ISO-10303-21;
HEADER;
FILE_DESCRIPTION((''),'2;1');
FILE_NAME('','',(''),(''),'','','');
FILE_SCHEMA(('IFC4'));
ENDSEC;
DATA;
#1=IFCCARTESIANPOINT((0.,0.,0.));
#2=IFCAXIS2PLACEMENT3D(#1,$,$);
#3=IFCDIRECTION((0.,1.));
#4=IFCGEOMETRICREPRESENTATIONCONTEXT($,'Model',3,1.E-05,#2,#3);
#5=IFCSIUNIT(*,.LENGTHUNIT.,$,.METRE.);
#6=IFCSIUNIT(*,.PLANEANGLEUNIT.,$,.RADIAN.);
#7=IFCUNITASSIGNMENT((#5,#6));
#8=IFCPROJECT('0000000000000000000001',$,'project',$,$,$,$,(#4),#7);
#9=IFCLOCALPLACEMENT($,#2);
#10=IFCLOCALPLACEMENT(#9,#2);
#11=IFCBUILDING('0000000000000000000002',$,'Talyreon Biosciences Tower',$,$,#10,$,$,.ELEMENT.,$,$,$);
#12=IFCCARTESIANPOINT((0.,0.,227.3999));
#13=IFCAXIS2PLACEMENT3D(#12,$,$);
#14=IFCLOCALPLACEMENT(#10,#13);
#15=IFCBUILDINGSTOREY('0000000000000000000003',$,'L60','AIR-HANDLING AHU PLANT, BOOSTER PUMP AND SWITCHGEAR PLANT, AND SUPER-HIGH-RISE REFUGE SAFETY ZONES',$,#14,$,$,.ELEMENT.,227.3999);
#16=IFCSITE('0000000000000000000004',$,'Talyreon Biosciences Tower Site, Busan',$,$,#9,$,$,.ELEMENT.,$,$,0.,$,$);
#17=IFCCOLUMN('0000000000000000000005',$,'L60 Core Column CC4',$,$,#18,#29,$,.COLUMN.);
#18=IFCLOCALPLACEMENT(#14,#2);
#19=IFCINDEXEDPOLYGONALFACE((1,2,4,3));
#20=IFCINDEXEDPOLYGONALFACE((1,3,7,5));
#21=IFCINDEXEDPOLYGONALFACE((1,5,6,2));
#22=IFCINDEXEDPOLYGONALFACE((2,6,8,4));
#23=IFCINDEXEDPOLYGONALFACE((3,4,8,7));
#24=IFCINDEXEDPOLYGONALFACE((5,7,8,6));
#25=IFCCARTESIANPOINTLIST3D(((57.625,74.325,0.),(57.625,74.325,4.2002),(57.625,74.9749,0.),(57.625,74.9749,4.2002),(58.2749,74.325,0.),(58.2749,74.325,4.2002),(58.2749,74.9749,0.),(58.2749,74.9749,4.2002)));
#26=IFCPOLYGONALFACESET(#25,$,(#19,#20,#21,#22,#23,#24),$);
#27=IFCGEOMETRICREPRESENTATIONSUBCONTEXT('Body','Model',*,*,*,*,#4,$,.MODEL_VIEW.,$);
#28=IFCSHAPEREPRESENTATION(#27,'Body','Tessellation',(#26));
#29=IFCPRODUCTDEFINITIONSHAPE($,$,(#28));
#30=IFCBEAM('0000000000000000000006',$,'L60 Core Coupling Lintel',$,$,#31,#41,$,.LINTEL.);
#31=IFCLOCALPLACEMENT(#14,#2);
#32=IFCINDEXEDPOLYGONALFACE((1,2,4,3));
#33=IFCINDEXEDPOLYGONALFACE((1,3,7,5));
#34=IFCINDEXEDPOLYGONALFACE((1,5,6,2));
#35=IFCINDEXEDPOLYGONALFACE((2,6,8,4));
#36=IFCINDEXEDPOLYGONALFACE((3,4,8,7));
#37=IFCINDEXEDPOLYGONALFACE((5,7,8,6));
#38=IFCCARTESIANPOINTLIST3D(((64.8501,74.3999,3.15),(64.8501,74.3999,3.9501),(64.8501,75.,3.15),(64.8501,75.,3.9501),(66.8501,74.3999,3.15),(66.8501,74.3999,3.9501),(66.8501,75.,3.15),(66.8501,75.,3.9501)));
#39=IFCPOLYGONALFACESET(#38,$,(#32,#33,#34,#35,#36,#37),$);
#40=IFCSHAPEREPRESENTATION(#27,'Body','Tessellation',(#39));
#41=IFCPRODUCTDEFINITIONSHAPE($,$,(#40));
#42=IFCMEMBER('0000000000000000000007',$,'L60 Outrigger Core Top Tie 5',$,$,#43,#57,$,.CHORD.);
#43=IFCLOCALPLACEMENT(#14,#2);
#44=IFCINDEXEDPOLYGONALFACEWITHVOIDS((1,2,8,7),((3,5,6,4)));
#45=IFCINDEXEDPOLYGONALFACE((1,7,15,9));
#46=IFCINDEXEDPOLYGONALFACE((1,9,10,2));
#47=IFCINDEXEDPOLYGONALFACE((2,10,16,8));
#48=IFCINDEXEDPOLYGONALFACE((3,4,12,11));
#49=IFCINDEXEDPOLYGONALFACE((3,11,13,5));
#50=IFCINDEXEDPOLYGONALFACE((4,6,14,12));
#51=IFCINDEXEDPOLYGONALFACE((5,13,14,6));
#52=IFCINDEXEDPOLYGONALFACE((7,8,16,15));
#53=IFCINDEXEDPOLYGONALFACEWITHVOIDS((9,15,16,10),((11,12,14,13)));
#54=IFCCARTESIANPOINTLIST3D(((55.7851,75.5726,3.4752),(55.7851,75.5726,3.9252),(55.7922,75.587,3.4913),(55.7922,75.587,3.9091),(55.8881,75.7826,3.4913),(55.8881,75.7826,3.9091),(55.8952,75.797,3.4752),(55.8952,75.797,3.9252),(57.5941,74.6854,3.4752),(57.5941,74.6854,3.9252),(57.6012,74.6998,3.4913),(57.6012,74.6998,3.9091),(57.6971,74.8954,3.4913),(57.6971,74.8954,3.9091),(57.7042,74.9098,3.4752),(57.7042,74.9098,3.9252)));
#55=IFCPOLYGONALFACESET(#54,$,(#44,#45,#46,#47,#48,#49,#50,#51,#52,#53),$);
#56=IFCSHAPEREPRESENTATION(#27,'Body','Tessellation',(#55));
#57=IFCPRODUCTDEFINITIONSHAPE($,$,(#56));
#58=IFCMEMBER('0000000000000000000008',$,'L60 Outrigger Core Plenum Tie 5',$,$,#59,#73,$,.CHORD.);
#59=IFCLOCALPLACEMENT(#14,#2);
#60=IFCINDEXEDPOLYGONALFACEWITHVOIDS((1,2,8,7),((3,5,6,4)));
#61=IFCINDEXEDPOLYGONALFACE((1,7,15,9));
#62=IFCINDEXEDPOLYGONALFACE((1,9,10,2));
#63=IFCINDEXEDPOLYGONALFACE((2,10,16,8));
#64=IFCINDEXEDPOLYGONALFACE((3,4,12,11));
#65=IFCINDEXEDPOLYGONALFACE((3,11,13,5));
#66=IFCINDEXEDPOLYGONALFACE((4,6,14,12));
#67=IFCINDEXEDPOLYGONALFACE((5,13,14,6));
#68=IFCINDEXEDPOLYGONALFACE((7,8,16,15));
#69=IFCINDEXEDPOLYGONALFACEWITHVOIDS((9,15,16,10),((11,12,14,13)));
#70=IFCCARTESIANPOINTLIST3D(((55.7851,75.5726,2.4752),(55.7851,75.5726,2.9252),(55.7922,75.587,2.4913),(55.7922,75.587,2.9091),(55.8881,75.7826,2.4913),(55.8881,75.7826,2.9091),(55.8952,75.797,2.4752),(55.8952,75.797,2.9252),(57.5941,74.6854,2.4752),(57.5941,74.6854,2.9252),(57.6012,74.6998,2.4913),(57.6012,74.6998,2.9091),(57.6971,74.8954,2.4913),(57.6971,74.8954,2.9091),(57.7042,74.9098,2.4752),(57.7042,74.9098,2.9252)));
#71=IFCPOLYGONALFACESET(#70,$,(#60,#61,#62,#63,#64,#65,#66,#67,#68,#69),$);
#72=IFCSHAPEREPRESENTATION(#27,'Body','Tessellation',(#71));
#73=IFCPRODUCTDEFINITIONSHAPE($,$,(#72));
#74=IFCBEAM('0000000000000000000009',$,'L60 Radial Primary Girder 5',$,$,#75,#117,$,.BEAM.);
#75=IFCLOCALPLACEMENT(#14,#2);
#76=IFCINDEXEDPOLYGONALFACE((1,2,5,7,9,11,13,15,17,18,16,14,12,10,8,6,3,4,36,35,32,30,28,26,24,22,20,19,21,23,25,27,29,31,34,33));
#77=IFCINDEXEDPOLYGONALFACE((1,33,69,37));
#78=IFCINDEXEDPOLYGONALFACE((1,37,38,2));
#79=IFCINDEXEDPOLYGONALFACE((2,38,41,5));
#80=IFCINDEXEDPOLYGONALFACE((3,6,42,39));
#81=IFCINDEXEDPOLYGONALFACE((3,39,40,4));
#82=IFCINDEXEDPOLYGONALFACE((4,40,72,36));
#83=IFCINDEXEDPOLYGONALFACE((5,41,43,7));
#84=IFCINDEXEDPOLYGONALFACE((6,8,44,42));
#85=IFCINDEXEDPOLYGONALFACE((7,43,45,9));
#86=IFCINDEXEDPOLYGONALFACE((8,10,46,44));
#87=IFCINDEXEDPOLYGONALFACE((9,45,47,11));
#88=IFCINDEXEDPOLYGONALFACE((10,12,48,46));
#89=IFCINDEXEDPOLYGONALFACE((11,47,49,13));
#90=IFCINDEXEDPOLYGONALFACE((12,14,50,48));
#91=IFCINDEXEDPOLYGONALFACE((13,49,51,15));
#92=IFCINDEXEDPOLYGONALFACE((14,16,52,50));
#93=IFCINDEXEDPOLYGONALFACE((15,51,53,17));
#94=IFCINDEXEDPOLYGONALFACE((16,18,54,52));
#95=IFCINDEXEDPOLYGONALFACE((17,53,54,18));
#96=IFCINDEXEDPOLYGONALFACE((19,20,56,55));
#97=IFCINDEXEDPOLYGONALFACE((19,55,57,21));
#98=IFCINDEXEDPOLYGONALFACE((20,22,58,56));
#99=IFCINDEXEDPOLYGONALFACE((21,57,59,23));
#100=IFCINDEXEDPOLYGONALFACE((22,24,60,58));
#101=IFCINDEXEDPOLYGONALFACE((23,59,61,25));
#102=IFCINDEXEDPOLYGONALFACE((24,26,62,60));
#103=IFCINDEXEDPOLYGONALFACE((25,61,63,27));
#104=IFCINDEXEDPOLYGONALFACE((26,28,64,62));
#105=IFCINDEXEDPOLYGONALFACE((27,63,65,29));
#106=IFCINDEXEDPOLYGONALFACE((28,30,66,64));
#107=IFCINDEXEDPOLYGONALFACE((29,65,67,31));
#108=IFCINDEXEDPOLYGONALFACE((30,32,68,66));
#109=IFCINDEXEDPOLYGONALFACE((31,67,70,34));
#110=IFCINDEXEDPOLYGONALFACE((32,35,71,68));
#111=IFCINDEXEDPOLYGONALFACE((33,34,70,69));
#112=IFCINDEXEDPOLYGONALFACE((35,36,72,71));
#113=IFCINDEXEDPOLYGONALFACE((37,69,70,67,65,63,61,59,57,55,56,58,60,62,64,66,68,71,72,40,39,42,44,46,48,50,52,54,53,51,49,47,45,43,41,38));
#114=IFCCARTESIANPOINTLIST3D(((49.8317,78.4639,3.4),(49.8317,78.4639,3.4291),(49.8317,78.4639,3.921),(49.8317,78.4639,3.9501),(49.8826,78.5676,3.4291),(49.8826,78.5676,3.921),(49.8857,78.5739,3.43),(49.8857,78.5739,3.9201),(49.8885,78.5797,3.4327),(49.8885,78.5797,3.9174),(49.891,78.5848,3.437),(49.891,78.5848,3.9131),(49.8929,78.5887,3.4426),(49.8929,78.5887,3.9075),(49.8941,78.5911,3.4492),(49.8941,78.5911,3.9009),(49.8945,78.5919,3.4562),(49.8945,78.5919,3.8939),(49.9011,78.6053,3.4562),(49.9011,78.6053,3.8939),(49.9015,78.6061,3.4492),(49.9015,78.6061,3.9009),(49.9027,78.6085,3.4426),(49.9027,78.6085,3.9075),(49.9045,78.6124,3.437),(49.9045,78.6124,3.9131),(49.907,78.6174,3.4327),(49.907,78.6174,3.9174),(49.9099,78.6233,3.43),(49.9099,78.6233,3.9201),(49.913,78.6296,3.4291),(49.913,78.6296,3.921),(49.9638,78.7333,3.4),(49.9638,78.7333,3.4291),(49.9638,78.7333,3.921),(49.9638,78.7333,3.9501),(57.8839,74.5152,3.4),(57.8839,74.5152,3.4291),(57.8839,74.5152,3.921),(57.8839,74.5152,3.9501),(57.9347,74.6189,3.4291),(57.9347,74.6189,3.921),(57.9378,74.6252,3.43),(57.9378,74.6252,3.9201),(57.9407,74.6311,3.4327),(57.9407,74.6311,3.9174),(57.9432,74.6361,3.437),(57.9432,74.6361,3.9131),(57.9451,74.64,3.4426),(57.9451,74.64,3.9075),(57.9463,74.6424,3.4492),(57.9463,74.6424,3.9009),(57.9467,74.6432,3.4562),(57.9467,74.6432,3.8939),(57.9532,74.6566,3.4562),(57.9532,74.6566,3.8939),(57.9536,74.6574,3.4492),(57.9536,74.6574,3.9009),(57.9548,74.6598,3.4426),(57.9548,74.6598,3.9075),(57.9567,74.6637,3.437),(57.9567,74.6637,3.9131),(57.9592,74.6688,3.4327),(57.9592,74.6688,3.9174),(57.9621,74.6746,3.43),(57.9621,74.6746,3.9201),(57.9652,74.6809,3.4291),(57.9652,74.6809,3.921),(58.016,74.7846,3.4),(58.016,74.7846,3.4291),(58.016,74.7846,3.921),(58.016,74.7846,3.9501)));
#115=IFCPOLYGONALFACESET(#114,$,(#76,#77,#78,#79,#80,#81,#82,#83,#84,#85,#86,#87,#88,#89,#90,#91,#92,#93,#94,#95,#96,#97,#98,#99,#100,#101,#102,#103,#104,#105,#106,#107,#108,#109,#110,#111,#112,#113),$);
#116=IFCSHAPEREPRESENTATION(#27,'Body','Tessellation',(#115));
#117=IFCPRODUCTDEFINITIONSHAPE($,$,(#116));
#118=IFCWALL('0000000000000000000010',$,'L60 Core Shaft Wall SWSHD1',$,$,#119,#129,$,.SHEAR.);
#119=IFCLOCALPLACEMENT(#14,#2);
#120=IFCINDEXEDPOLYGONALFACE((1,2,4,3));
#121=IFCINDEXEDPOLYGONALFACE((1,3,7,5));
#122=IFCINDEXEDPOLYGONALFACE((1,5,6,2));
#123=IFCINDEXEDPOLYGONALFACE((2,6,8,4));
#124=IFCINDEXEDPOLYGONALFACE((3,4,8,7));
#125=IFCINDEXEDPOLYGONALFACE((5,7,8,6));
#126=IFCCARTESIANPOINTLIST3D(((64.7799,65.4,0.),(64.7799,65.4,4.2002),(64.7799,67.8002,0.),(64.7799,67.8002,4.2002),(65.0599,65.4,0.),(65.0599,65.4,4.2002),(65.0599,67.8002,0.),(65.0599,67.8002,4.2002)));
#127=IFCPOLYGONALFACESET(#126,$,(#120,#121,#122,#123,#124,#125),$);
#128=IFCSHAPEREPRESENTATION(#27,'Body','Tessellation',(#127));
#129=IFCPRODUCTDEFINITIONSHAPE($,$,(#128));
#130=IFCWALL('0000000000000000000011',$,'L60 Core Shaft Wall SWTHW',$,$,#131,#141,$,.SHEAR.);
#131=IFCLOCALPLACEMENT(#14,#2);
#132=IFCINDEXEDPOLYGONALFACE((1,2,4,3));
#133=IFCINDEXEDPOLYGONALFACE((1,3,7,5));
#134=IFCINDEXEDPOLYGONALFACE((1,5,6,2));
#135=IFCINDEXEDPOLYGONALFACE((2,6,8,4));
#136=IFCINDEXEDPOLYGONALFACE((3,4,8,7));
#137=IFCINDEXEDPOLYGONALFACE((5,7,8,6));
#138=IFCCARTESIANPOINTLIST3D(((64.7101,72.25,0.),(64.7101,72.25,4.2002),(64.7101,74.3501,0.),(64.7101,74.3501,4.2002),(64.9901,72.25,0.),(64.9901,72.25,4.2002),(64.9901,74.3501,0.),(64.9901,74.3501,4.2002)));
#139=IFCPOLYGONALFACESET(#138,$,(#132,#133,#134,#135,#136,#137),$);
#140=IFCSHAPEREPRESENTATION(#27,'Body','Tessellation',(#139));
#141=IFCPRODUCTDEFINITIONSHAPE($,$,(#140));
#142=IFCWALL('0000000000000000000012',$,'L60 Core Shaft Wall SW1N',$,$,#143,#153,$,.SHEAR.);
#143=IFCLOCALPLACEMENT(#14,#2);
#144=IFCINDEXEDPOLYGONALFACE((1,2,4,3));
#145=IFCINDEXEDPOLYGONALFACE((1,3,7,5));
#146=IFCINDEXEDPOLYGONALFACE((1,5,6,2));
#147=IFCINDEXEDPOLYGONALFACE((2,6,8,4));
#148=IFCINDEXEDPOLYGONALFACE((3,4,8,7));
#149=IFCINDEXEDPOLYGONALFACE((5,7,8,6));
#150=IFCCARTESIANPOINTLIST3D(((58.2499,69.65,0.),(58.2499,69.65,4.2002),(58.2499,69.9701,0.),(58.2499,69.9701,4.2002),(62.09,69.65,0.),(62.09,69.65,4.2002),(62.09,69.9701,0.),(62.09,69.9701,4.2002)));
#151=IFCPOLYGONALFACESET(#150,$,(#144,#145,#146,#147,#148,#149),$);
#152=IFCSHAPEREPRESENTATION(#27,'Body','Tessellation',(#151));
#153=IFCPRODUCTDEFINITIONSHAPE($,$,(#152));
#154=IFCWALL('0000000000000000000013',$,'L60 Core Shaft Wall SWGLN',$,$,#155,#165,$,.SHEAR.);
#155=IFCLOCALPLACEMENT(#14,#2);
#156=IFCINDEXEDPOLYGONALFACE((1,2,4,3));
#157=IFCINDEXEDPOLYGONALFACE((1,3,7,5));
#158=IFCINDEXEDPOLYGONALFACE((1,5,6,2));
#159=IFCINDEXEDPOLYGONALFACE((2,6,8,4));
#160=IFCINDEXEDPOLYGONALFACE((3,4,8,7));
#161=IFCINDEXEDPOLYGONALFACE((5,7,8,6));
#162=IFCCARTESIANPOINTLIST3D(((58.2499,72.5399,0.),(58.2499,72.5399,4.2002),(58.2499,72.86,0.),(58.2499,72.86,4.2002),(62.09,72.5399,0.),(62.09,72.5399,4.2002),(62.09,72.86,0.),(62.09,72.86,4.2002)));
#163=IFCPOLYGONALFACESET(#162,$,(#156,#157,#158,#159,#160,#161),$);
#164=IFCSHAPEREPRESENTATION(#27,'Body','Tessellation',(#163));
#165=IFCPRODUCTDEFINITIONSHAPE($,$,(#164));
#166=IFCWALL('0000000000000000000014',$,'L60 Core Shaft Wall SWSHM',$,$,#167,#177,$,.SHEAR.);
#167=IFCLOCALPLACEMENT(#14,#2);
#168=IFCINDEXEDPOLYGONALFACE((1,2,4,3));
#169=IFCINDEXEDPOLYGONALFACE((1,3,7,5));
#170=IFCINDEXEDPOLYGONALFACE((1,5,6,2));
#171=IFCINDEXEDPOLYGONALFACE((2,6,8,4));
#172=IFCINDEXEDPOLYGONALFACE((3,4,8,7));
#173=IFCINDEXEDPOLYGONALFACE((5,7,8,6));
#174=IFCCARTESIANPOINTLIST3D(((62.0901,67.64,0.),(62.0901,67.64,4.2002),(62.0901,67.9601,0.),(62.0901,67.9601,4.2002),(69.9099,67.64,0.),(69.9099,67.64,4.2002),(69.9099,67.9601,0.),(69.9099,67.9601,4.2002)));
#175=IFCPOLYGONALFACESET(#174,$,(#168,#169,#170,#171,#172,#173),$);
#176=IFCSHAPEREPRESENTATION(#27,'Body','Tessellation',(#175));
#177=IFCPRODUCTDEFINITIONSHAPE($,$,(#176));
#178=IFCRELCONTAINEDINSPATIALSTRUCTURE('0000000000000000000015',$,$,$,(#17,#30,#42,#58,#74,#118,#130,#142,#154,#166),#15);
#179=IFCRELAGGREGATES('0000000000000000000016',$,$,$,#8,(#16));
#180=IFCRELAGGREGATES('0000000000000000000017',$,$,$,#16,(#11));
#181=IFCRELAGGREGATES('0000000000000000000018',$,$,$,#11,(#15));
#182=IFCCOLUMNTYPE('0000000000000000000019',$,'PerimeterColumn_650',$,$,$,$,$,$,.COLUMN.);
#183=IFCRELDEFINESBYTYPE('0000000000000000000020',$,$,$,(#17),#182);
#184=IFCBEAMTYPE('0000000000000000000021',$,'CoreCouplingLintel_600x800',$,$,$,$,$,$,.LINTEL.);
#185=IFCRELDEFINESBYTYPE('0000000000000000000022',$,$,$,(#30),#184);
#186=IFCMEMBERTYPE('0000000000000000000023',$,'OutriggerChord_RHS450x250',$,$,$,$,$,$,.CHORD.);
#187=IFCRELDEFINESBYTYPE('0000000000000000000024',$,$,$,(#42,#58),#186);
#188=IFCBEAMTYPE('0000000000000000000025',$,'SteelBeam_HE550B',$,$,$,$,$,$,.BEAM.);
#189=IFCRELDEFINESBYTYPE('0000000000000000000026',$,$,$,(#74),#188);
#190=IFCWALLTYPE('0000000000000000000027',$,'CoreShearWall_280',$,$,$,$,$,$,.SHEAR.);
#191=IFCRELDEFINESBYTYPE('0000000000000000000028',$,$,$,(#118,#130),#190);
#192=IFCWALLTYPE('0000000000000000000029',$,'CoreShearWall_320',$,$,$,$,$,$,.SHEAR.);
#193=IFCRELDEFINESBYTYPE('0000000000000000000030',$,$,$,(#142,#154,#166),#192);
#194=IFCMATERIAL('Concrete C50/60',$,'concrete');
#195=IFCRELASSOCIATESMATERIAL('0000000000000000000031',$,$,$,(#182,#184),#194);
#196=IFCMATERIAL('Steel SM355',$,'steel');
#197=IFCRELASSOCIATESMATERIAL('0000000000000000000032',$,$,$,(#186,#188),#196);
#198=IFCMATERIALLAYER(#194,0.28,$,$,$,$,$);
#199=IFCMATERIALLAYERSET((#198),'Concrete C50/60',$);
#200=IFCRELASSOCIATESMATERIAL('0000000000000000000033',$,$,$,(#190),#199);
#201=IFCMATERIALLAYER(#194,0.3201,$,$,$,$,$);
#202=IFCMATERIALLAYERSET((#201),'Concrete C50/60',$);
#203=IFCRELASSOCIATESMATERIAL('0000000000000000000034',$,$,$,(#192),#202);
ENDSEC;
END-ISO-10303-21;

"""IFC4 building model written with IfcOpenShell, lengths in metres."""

from ifc_helpers import new_model, si_unit, direction, frame, frame_2d, origin, origin_2d, place, context, subcontext, project, spatial, rectangle, hollow_rectangle, i_section, extrude, material, layer, layer_set, material_profile, profile_set, type_object, element, save


model = new_model("IFC4")

# Units and contexts
model_context = context("Model", 3, precision=1e-05, world=origin(), true_north=direction((0.0, 1.0)))
body_context = subcontext(model_context, "Body", "Model", "MODEL_VIEW")
ifc_project = project(units=[si_unit("LENGTHUNIT", "METRE"), si_unit("PLANEANGLEUNIT", "RADIAN")], contexts=[model_context])

# Site, building, storey
site_placement = place(None, origin())
site = spatial("IfcSite", under=ifc_project, at=site_placement, Name="Talyreon Biosciences Tower Site, Busan", CompositionType="ELEMENT", RefElevation=0.0)
building_placement = place(site_placement, origin())
building = spatial("IfcBuilding", under=site, at=building_placement, Name="Talyreon Biosciences Tower", CompositionType="ELEMENT")
storey_placement = place(building_placement, frame((0.0, 0.0, 227.3999)))
storey = spatial("IfcBuildingStorey", under=building, at=storey_placement, Name="L60", Description="AIR-HANDLING AHU PLANT, BOOSTER PUMP AND SWITCHGEAR PLANT, AND SUPER-HIGH-RISE REFUGE SAFETY ZONES", CompositionType="ELEMENT", Elevation=227.3999)

# Column
ifc_material_1 = material(Name="Concrete C50/60", Category="concrete")
ifc_material_profile_1 = material_profile(ifc_material_1, rectangle(XDim=0.6499, YDim=0.6499, at=origin_2d()), Name="RC 650x650")
ifc_profile_set_1 = profile_set([ifc_material_profile_1], Name="Concrete C50/60")
column_type = type_object("IfcColumnType", Name="PerimeterColumn_650", PredefinedType="COLUMN", material=ifc_profile_set_1)
column_placement = place(storey_placement, frame((57.95, 74.6499, 0.0), z_axis=(0.0, 0.0, 1.0), x_axis=(1.0, 0.0, 0.0)))
element("IfcColumn", 1, at=column_placement, inside=storey, type_object=column_type, Name="L60 Core Column CC4", PredefinedType="COLUMN", context=body_context, shape_type="SweptSolid", body=[
    extrude(rectangle(XDim=0.6499, YDim=0.6499, at=origin_2d()), origin(), (0.0, 0.0, 1.0), 4.2002),
])

# Beam
ifc_material_profile_2 = material_profile(ifc_material_1, rectangle(XDim=0.6001, YDim=0.8, at=origin_2d()), Name="RCB 600x800")
ifc_profile_set_2 = profile_set([ifc_material_profile_2], Name="Concrete C50/60")
beam_type_1 = type_object("IfcBeamType", Name="CoreCouplingLintel_600x800", PredefinedType="LINTEL", material=ifc_profile_set_2)
beam_1_placement = place(storey_placement, frame((64.8501, 74.7, 3.55), z_axis=(1.0, 0.0, 0.0), x_axis=(0.0, 1.0, 0.0)))
element("IfcBeam", 2, at=beam_1_placement, inside=storey, type_object=beam_type_1, Name="L60 Core Coupling Lintel", PredefinedType="LINTEL", context=body_context, shape_type="SweptSolid", body=[
    extrude(rectangle(XDim=0.6001, YDim=0.8, at=origin_2d()), origin(), (0.0, 0.0, 1.0), 2.0),
])

# Members
ifc_material_2 = material(Name="Steel SM355", Category="steel")
ifc_material_profile_3 = material_profile(ifc_material_2, hollow_rectangle(XDim=0.25, YDim=0.45, WallThickness=0.0161, at=origin_2d()), Name="RHS 450x250x16")
ifc_profile_set_3 = profile_set([ifc_material_profile_3], Name="Steel SM355")
member_type = type_object("IfcMemberType", Name="OutriggerChord_RHS450x250", PredefinedType="CHORD", material=ifc_profile_set_3)
for number, where, z_axis, x_axis, name in (
    (3, (57.6492, 74.7976, 3.7002), (-0.897842, 0.440318, 0.0), (-0.440318, -0.897842, 0.0), "L60 Outrigger Core Top Tie 5"),
    (4, (57.6492, 74.7976, 2.7002), (-0.897842, 0.440318, 0.0), (-0.440318, -0.897842, 0.0), "L60 Outrigger Core Plenum Tie 5"),
):
    element("IfcMember", number, at=place(storey_placement, frame(where, z_axis=z_axis, x_axis=x_axis)), inside=storey, type_object=member_type, Name=name, PredefinedType="CHORD", context=body_context, shape_type="SweptSolid", body=[
        extrude(hollow_rectangle(XDim=0.25, YDim=0.45, WallThickness=0.0161, at=origin_2d()), origin(), (0.0, 0.0, 1.0), 2.0149),
    ])

# Beam
ifc_material_profile_4 = material_profile(ifc_material_2, i_section(OverallWidth=0.3, OverallDepth=0.55, WebThickness=0.0149, FlangeThickness=0.0291, FilletRadius=0.0271, at=origin_2d()), Name="HE550B")
ifc_profile_set_4 = profile_set([ifc_material_profile_4], Name="Steel SM355")
beam_type_2 = type_object("IfcBeamType", Name="SteelBeam_HE550B", PredefinedType="BEAM", material=ifc_profile_set_4)
beam_2_placement = place(storey_placement, frame((57.95, 74.6499, 3.675), z_axis=(-0.897852, 0.440297, 0.0), x_axis=(-0.440297, -0.897852, 0.0)))
element("IfcBeam", 5, at=beam_2_placement, inside=storey, type_object=beam_type_2, Name="L60 Radial Primary Girder 5", PredefinedType="BEAM", context=body_context, shape_type="SweptSolid", body=[
    extrude(i_section(OverallWidth=0.3, OverallDepth=0.55, WebThickness=0.0149, FlangeThickness=0.0291, FilletRadius=0.0271, at=origin_2d()), origin(), (0.0, 0.0, 1.0), 8.9683),
])

# Walls
ifc_layer_1 = layer(ifc_material_1, 0.28)
ifc_layer_set_1 = layer_set([ifc_layer_1], Name="Concrete C50/60")
wall_type_1 = type_object("IfcWallType", Name="CoreShearWall_280", PredefinedType="SHEAR", material=ifc_layer_set_1)
wall_1_placement = place(storey_placement, frame((64.9199, 65.3999, 0.0), z_axis=(0.0, 0.0, 1.0), x_axis=(0.0, 1.0, 0.0)))
element("IfcWall", 6, at=wall_1_placement, inside=storey, type_object=wall_type_1, Name="L60 Core Shaft Wall SWSHD1", PredefinedType="SHEAR", context=body_context, shape_type="SweptSolid", body=[
    extrude(rectangle(XDim=2.4001, YDim=0.28, at=frame_2d((1.2002, 0.0))), origin(), (0.0, 0.0, 1.0), 4.2002),
])
wall_2_placement = place(storey_placement, frame((64.8501, 72.25, 0.0), z_axis=(0.0, 0.0, 1.0), x_axis=(0.0, 1.0, 0.0)))
element("IfcWall", 7, at=wall_2_placement, inside=storey, type_object=wall_type_1, Name="L60 Core Shaft Wall SWTHW", PredefinedType="SHEAR", context=body_context, shape_type="SweptSolid", body=[
    extrude(rectangle(XDim=2.1001, YDim=0.28, at=frame_2d((1.05, 0.0))), origin(), (0.0, 0.0, 1.0), 4.2002),
])
ifc_layer_2 = layer(ifc_material_1, 0.3201)
ifc_layer_set_2 = layer_set([ifc_layer_2], Name="Concrete C50/60")
wall_type_2 = type_object("IfcWallType", Name="CoreShearWall_320", PredefinedType="SHEAR", material=ifc_layer_set_2)
for number, where, z_axis, x_axis, name in (
    (8, (58.25, 69.8101, 0.0), (0.0, 0.0, 1.0), (1.0, 0.0, 0.0), "L60 Core Shaft Wall SW1N"),
    (9, (58.25, 72.7, 0.0), (0.0, 0.0, 1.0), (1.0, 0.0, 0.0), "L60 Core Shaft Wall SWGLN"),
):
    element("IfcWall", number, at=place(storey_placement, frame(where, z_axis=z_axis, x_axis=x_axis)), inside=storey, type_object=wall_type_2, Name=name, PredefinedType="SHEAR", context=body_context, shape_type="SweptSolid", body=[
        extrude(rectangle(XDim=3.8401, YDim=0.3201, at=frame_2d((1.9199, 0.0))), origin(), (0.0, 0.0, 1.0), 4.2002),
    ])
wall_3_placement = place(storey_placement, frame((62.0901, 67.8, 0.0), z_axis=(0.0, 0.0, 1.0), x_axis=(1.0, 0.0, 0.0)))
element("IfcWall", 10, at=wall_3_placement, inside=storey, type_object=wall_type_2, Name="L60 Core Shaft Wall SWSHM", PredefinedType="SHEAR", context=body_context, shape_type="SweptSolid", body=[
    extrude(rectangle(XDim=7.8198, YDim=0.3201, at=frame_2d((3.9099, 0.0))), origin(), (0.0, 0.0, 1.0), 4.2002),
])

save(model, "model.ifc")
